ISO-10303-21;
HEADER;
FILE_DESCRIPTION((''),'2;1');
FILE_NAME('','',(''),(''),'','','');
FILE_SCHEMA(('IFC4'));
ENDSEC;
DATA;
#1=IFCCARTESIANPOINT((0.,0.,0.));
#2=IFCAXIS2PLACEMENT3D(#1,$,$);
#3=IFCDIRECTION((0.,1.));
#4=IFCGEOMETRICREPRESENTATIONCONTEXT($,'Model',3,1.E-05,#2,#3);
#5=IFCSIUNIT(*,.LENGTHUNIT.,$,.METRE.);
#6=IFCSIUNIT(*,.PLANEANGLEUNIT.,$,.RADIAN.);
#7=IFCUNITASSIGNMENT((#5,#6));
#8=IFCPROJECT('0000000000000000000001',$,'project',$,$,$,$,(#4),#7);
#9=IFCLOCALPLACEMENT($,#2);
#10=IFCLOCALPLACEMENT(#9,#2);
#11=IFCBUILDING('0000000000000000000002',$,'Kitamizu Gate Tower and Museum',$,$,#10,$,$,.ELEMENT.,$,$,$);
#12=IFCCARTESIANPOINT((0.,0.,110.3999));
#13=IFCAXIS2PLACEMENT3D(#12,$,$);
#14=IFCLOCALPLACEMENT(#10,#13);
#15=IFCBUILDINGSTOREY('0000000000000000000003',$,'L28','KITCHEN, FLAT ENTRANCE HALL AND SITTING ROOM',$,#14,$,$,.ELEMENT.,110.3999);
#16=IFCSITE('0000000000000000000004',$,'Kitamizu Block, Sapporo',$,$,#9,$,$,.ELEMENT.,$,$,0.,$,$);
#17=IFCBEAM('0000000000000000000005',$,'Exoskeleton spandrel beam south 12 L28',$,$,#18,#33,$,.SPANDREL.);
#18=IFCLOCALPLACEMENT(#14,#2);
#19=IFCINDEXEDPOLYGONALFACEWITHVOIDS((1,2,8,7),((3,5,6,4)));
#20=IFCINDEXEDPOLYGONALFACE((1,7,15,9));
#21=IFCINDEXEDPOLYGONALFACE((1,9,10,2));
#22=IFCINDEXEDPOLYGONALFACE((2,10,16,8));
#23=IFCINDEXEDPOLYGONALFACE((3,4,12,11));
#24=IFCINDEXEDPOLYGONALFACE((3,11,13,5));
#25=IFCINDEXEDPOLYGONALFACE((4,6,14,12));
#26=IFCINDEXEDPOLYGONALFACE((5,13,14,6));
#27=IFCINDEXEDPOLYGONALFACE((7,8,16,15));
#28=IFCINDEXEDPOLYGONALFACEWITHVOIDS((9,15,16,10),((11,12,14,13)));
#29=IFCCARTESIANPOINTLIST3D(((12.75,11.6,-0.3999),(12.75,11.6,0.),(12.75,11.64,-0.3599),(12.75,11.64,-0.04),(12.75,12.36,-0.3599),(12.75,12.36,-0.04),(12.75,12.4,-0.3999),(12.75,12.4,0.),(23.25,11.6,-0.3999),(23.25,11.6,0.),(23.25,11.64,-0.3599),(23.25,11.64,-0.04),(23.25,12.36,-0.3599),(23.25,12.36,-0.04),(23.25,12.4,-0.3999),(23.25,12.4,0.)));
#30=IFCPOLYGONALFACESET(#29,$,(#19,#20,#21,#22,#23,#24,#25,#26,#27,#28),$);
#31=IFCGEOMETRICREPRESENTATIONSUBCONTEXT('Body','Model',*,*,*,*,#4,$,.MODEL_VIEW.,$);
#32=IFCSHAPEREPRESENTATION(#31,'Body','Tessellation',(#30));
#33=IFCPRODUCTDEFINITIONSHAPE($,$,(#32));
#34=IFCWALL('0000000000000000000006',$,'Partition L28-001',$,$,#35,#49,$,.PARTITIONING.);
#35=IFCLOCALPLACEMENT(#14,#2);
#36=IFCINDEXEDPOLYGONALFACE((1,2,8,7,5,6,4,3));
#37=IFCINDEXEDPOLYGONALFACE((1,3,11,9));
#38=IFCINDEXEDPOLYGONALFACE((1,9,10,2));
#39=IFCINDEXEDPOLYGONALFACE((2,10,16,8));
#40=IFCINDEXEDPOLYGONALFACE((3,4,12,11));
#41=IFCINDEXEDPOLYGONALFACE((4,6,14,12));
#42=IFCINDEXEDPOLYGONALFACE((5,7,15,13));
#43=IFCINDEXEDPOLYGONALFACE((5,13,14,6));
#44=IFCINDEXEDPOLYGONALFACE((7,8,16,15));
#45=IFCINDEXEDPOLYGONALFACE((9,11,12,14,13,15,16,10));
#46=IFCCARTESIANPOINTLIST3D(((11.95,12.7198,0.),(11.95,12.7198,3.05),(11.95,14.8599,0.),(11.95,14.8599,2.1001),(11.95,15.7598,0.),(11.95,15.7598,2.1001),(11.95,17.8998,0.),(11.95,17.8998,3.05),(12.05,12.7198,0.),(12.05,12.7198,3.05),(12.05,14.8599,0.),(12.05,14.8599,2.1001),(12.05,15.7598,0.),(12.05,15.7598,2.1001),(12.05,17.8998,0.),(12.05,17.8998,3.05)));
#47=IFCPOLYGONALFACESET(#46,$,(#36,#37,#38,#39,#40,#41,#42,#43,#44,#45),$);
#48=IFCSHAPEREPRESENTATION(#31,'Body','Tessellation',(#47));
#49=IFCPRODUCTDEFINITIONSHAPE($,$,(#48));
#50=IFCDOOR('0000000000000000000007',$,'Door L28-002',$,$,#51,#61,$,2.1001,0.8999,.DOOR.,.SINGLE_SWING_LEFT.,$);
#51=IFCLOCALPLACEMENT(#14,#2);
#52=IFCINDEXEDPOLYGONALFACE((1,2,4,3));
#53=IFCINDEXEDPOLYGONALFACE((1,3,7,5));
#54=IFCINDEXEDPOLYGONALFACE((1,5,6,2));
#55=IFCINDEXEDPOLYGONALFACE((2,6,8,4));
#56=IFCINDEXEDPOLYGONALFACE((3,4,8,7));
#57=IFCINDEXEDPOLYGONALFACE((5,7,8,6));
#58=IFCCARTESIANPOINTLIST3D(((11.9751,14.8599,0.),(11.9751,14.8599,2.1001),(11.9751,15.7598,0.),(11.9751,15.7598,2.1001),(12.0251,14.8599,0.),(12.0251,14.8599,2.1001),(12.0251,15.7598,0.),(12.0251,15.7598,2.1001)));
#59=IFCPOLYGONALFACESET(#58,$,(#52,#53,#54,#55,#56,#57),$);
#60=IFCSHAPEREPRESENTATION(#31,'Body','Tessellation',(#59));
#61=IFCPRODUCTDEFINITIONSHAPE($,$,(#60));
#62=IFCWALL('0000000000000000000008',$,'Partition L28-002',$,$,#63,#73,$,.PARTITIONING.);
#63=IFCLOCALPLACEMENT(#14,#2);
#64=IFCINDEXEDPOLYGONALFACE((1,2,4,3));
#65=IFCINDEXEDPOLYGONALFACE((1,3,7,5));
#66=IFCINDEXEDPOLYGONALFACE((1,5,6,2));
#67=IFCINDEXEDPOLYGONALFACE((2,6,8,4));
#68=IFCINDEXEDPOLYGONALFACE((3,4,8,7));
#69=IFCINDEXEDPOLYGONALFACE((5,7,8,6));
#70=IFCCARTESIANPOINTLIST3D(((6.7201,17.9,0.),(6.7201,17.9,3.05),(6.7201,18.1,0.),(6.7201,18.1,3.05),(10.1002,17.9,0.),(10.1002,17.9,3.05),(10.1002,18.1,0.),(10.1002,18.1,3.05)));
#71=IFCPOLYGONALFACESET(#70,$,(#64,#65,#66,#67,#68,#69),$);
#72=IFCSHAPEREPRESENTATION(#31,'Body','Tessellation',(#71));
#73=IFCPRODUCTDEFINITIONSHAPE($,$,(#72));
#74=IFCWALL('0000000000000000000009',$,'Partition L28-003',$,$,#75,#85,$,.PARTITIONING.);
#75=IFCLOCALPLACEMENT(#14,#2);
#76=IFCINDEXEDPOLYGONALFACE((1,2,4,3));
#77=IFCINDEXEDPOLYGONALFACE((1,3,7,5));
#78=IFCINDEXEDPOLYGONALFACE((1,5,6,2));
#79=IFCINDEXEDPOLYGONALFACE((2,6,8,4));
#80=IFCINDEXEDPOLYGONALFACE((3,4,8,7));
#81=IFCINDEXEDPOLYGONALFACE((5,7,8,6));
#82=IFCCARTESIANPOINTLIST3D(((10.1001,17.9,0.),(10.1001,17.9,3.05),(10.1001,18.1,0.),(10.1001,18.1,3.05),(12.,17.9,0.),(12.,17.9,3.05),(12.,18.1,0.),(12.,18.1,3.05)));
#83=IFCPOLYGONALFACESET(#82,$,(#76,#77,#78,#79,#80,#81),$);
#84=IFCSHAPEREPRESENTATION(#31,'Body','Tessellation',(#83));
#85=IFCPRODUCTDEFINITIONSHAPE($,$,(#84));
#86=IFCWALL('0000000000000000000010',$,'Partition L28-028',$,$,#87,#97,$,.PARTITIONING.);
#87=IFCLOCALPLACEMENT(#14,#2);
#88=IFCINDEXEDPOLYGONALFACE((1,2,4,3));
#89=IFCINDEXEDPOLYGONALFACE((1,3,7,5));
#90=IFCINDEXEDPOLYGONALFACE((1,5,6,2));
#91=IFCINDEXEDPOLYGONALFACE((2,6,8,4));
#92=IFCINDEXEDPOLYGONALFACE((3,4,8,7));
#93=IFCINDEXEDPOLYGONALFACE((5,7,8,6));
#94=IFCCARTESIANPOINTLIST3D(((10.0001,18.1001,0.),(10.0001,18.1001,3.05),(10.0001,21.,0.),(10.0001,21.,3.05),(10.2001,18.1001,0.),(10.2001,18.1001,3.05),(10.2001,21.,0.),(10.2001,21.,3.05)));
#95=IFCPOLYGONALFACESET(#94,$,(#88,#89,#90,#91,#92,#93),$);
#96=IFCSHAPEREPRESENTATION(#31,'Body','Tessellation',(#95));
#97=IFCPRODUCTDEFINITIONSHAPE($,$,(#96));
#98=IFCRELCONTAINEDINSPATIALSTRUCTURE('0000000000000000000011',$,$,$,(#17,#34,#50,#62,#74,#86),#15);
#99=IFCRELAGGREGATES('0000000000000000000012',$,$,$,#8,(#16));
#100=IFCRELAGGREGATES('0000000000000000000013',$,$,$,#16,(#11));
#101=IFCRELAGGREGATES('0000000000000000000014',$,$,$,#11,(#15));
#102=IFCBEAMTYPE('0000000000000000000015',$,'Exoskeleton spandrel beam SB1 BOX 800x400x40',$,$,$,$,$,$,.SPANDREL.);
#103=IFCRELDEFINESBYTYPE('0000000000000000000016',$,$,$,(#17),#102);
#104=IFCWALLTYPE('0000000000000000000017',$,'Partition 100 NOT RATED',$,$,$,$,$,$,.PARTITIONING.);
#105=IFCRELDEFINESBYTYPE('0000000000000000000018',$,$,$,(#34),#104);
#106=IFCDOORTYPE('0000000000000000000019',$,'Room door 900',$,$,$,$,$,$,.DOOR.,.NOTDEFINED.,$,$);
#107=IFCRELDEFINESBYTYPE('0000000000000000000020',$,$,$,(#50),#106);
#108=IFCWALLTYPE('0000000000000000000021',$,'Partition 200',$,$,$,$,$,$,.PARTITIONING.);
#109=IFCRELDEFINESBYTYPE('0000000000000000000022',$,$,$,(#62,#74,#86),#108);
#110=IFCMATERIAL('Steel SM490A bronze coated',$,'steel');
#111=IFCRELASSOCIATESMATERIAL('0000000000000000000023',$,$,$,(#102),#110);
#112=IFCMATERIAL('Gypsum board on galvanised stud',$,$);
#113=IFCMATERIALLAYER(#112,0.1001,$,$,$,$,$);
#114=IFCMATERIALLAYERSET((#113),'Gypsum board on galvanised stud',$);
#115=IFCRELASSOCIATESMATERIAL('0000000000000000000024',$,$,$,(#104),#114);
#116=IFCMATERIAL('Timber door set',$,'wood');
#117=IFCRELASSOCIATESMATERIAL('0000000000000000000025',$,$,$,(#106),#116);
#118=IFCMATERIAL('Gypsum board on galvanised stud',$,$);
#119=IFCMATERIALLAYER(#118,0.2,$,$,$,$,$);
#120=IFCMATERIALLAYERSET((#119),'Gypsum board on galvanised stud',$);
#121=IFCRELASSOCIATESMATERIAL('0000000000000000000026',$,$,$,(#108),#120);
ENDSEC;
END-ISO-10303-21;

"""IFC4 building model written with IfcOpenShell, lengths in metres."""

from ifc_helpers import new_model, si_unit, direction, frame, frame_2d, origin, origin_2d, place, context, subcontext, project, spatial, rectangle, hollow_rectangle, extrude, material, layer, layer_set, material_profile, profile_set, type_object, element, fill, save


model = new_model("IFC4")

# Units and contexts
model_context = context("Model", 3, precision=1e-05, world=origin(), true_north=direction((0.0, 1.0)))
body_context = subcontext(model_context, "Body", "Model", "MODEL_VIEW")
ifc_project = project(units=[si_unit("LENGTHUNIT", "METRE"), si_unit("PLANEANGLEUNIT", "RADIAN")], contexts=[model_context])

# Site, building, storey
site_placement = place(None, origin())
site = spatial("IfcSite", under=ifc_project, at=site_placement, Name="Kitamizu Block, Sapporo", CompositionType="ELEMENT", RefElevation=0.0)
building_placement = place(site_placement, origin())
building = spatial("IfcBuilding", under=site, at=building_placement, Name="Kitamizu Gate Tower and Museum", CompositionType="ELEMENT")
storey_placement = place(building_placement, frame((0.0, 0.0, 110.3999)))
storey = spatial("IfcBuildingStorey", under=building, at=storey_placement, Name="L28", Description="KITCHEN, FLAT ENTRANCE HALL AND SITTING ROOM", CompositionType="ELEMENT", Elevation=110.3999)

# Beam
ifc_material_1 = material(Name="Steel SM490A bronze coated", Category="steel")
ifc_material_profile = material_profile(ifc_material_1, hollow_rectangle(XDim=0.8, YDim=0.3999, WallThickness=0.04, at=origin_2d()), Name="BOX 800x400x40")
ifc_profile_set = profile_set([ifc_material_profile], Name="Steel SM490A bronze coated")
beam_type = type_object("IfcBeamType", Name="Exoskeleton spandrel beam SB1 BOX 800x400x40", PredefinedType="SPANDREL", material=ifc_profile_set)
beam_placement = place(storey_placement, frame((12.75, 12.0, -0.2), z_axis=(1.0, 0.0, 0.0), x_axis=(0.0, 1.0, 0.0)))
element("IfcBeam", 1, at=beam_placement, inside=storey, type_object=beam_type, Name="Exoskeleton spandrel beam south 12 L28", PredefinedType="SPANDREL", context=body_context, shape_type="SweptSolid", body=[
    extrude(hollow_rectangle(XDim=0.8, YDim=0.3999, WallThickness=0.04, at=origin_2d()), origin(), (0.0, 0.0, 1.0), 10.5),
])

# Wall, opening, door
ifc_material_2 = material(Name="Gypsum board on galvanised stud")
ifc_layer_1 = layer(ifc_material_2, 0.1001)
ifc_layer_set_1 = layer_set([ifc_layer_1], Name="Gypsum board on galvanised stud")
wall_type_1 = type_object("IfcWallType", Name="Partition 100 NOT RATED", PredefinedType="PARTITIONING", material=ifc_layer_set_1)
wall_1_placement = place(storey_placement, frame((12.0, 12.72, 0.0), z_axis=(0.0, 0.0, 1.0), x_axis=(0.0, 1.0, 0.0)))
wall_1 = element("IfcWall", 2, at=wall_1_placement, inside=storey, type_object=wall_type_1, Name="Partition L28-001", PredefinedType="PARTITIONING", context=body_context, shape_type="SweptSolid", body=[
    extrude(rectangle(XDim=5.1799, YDim=0.1001, at=frame_2d((2.5898, 0.0))), origin(), (0.0, 0.0, 1.0), 3.05),
])
opening_placement = place(wall_1_placement, frame((2.1399, 0.0, 0.0)))
opening = element("IfcOpeningElement", 3, at=opening_placement, cuts=wall_1, PredefinedType="OPENING", context=body_context, shape_type="SweptSolid", body=[
    extrude(rectangle(XDim=0.8999, YDim=2.1001, at=frame_2d((0.45, 1.05))), frame((0.0, 0.0601, 0.0), z_axis=(0.0, -1.0, 0.0), x_axis=(1.0, 0.0, 0.0)), (0.0, 0.0, 1.0), 0.1201),
])
ifc_material_3 = material(Name="Timber door set", Category="wood")
door_type = type_object("IfcDoorType", Name="Room door 900", OperationType="NOTDEFINED", PredefinedType="DOOR", material=ifc_material_3)
door_placement = place(opening_placement, origin())
door = element("IfcDoor", 4, at=door_placement, inside=storey, type_object=door_type, Name="Door L28-002", OperationType="SINGLE_SWING_LEFT", OverallHeight=2.1001, OverallWidth=0.8999, PredefinedType="DOOR", context=body_context, shape_type="SweptSolid", body=[
    extrude(rectangle(XDim=0.8999, YDim=2.1001, at=frame_2d((0.45, 1.05))), frame((0.0, 0.0249, 0.0), z_axis=(0.0, -1.0, 0.0), x_axis=(1.0, 0.0, 0.0)), (0.0, 0.0, 1.0), 0.05),
])
fill(opening, door)

# Walls
ifc_material_4 = material(Name="Gypsum board on galvanised stud")
ifc_layer_2 = layer(ifc_material_4, 0.2)
ifc_layer_set_2 = layer_set([ifc_layer_2], Name="Gypsum board on galvanised stud")
wall_type_2 = type_object("IfcWallType", Name="Partition 200", PredefinedType="PARTITIONING", material=ifc_layer_set_2)
wall_2_placement = place(storey_placement, frame((10.1001, 18.0, 0.0), z_axis=(0.0, 0.0, 1.0), x_axis=(-1.0, 0.0, 0.0)))
element("IfcWall", 5, at=wall_2_placement, inside=storey, type_object=wall_type_2, Name="Partition L28-002", PredefinedType="PARTITIONING", context=body_context, shape_type="SweptSolid", body=[
    extrude(rectangle(XDim=3.3801, YDim=0.2, at=frame_2d((1.6899, 0.0))), origin(), (0.0, 0.0, 1.0), 3.05),
])
wall_3_placement = place(storey_placement, frame((12.0, 18.0, 0.0), z_axis=(0.0, 0.0, 1.0), x_axis=(-1.0, 0.0, 0.0)))
element("IfcWall", 6, at=wall_3_placement, inside=storey, type_object=wall_type_2, Name="Partition L28-003", PredefinedType="PARTITIONING", context=body_context, shape_type="SweptSolid", body=[
    extrude(rectangle(XDim=1.8999, YDim=0.2, at=frame_2d((0.95, 0.0))), origin(), (0.0, 0.0, 1.0), 3.05),
])
wall_4_placement = place(storey_placement, frame((10.1001, 18.1001, 0.0), z_axis=(0.0, 0.0, 1.0), x_axis=(0.0, 1.0, 0.0)))
element("IfcWall", 7, at=wall_4_placement, inside=storey, type_object=wall_type_2, Name="Partition L28-028", PredefinedType="PARTITIONING", context=body_context, shape_type="SweptSolid", body=[
    extrude(rectangle(XDim=2.8999, YDim=0.2, at=frame_2d((1.45, 0.0))), origin(), (0.0, 0.0, 1.0), 3.05),
])

save(model, "model.ifc")
